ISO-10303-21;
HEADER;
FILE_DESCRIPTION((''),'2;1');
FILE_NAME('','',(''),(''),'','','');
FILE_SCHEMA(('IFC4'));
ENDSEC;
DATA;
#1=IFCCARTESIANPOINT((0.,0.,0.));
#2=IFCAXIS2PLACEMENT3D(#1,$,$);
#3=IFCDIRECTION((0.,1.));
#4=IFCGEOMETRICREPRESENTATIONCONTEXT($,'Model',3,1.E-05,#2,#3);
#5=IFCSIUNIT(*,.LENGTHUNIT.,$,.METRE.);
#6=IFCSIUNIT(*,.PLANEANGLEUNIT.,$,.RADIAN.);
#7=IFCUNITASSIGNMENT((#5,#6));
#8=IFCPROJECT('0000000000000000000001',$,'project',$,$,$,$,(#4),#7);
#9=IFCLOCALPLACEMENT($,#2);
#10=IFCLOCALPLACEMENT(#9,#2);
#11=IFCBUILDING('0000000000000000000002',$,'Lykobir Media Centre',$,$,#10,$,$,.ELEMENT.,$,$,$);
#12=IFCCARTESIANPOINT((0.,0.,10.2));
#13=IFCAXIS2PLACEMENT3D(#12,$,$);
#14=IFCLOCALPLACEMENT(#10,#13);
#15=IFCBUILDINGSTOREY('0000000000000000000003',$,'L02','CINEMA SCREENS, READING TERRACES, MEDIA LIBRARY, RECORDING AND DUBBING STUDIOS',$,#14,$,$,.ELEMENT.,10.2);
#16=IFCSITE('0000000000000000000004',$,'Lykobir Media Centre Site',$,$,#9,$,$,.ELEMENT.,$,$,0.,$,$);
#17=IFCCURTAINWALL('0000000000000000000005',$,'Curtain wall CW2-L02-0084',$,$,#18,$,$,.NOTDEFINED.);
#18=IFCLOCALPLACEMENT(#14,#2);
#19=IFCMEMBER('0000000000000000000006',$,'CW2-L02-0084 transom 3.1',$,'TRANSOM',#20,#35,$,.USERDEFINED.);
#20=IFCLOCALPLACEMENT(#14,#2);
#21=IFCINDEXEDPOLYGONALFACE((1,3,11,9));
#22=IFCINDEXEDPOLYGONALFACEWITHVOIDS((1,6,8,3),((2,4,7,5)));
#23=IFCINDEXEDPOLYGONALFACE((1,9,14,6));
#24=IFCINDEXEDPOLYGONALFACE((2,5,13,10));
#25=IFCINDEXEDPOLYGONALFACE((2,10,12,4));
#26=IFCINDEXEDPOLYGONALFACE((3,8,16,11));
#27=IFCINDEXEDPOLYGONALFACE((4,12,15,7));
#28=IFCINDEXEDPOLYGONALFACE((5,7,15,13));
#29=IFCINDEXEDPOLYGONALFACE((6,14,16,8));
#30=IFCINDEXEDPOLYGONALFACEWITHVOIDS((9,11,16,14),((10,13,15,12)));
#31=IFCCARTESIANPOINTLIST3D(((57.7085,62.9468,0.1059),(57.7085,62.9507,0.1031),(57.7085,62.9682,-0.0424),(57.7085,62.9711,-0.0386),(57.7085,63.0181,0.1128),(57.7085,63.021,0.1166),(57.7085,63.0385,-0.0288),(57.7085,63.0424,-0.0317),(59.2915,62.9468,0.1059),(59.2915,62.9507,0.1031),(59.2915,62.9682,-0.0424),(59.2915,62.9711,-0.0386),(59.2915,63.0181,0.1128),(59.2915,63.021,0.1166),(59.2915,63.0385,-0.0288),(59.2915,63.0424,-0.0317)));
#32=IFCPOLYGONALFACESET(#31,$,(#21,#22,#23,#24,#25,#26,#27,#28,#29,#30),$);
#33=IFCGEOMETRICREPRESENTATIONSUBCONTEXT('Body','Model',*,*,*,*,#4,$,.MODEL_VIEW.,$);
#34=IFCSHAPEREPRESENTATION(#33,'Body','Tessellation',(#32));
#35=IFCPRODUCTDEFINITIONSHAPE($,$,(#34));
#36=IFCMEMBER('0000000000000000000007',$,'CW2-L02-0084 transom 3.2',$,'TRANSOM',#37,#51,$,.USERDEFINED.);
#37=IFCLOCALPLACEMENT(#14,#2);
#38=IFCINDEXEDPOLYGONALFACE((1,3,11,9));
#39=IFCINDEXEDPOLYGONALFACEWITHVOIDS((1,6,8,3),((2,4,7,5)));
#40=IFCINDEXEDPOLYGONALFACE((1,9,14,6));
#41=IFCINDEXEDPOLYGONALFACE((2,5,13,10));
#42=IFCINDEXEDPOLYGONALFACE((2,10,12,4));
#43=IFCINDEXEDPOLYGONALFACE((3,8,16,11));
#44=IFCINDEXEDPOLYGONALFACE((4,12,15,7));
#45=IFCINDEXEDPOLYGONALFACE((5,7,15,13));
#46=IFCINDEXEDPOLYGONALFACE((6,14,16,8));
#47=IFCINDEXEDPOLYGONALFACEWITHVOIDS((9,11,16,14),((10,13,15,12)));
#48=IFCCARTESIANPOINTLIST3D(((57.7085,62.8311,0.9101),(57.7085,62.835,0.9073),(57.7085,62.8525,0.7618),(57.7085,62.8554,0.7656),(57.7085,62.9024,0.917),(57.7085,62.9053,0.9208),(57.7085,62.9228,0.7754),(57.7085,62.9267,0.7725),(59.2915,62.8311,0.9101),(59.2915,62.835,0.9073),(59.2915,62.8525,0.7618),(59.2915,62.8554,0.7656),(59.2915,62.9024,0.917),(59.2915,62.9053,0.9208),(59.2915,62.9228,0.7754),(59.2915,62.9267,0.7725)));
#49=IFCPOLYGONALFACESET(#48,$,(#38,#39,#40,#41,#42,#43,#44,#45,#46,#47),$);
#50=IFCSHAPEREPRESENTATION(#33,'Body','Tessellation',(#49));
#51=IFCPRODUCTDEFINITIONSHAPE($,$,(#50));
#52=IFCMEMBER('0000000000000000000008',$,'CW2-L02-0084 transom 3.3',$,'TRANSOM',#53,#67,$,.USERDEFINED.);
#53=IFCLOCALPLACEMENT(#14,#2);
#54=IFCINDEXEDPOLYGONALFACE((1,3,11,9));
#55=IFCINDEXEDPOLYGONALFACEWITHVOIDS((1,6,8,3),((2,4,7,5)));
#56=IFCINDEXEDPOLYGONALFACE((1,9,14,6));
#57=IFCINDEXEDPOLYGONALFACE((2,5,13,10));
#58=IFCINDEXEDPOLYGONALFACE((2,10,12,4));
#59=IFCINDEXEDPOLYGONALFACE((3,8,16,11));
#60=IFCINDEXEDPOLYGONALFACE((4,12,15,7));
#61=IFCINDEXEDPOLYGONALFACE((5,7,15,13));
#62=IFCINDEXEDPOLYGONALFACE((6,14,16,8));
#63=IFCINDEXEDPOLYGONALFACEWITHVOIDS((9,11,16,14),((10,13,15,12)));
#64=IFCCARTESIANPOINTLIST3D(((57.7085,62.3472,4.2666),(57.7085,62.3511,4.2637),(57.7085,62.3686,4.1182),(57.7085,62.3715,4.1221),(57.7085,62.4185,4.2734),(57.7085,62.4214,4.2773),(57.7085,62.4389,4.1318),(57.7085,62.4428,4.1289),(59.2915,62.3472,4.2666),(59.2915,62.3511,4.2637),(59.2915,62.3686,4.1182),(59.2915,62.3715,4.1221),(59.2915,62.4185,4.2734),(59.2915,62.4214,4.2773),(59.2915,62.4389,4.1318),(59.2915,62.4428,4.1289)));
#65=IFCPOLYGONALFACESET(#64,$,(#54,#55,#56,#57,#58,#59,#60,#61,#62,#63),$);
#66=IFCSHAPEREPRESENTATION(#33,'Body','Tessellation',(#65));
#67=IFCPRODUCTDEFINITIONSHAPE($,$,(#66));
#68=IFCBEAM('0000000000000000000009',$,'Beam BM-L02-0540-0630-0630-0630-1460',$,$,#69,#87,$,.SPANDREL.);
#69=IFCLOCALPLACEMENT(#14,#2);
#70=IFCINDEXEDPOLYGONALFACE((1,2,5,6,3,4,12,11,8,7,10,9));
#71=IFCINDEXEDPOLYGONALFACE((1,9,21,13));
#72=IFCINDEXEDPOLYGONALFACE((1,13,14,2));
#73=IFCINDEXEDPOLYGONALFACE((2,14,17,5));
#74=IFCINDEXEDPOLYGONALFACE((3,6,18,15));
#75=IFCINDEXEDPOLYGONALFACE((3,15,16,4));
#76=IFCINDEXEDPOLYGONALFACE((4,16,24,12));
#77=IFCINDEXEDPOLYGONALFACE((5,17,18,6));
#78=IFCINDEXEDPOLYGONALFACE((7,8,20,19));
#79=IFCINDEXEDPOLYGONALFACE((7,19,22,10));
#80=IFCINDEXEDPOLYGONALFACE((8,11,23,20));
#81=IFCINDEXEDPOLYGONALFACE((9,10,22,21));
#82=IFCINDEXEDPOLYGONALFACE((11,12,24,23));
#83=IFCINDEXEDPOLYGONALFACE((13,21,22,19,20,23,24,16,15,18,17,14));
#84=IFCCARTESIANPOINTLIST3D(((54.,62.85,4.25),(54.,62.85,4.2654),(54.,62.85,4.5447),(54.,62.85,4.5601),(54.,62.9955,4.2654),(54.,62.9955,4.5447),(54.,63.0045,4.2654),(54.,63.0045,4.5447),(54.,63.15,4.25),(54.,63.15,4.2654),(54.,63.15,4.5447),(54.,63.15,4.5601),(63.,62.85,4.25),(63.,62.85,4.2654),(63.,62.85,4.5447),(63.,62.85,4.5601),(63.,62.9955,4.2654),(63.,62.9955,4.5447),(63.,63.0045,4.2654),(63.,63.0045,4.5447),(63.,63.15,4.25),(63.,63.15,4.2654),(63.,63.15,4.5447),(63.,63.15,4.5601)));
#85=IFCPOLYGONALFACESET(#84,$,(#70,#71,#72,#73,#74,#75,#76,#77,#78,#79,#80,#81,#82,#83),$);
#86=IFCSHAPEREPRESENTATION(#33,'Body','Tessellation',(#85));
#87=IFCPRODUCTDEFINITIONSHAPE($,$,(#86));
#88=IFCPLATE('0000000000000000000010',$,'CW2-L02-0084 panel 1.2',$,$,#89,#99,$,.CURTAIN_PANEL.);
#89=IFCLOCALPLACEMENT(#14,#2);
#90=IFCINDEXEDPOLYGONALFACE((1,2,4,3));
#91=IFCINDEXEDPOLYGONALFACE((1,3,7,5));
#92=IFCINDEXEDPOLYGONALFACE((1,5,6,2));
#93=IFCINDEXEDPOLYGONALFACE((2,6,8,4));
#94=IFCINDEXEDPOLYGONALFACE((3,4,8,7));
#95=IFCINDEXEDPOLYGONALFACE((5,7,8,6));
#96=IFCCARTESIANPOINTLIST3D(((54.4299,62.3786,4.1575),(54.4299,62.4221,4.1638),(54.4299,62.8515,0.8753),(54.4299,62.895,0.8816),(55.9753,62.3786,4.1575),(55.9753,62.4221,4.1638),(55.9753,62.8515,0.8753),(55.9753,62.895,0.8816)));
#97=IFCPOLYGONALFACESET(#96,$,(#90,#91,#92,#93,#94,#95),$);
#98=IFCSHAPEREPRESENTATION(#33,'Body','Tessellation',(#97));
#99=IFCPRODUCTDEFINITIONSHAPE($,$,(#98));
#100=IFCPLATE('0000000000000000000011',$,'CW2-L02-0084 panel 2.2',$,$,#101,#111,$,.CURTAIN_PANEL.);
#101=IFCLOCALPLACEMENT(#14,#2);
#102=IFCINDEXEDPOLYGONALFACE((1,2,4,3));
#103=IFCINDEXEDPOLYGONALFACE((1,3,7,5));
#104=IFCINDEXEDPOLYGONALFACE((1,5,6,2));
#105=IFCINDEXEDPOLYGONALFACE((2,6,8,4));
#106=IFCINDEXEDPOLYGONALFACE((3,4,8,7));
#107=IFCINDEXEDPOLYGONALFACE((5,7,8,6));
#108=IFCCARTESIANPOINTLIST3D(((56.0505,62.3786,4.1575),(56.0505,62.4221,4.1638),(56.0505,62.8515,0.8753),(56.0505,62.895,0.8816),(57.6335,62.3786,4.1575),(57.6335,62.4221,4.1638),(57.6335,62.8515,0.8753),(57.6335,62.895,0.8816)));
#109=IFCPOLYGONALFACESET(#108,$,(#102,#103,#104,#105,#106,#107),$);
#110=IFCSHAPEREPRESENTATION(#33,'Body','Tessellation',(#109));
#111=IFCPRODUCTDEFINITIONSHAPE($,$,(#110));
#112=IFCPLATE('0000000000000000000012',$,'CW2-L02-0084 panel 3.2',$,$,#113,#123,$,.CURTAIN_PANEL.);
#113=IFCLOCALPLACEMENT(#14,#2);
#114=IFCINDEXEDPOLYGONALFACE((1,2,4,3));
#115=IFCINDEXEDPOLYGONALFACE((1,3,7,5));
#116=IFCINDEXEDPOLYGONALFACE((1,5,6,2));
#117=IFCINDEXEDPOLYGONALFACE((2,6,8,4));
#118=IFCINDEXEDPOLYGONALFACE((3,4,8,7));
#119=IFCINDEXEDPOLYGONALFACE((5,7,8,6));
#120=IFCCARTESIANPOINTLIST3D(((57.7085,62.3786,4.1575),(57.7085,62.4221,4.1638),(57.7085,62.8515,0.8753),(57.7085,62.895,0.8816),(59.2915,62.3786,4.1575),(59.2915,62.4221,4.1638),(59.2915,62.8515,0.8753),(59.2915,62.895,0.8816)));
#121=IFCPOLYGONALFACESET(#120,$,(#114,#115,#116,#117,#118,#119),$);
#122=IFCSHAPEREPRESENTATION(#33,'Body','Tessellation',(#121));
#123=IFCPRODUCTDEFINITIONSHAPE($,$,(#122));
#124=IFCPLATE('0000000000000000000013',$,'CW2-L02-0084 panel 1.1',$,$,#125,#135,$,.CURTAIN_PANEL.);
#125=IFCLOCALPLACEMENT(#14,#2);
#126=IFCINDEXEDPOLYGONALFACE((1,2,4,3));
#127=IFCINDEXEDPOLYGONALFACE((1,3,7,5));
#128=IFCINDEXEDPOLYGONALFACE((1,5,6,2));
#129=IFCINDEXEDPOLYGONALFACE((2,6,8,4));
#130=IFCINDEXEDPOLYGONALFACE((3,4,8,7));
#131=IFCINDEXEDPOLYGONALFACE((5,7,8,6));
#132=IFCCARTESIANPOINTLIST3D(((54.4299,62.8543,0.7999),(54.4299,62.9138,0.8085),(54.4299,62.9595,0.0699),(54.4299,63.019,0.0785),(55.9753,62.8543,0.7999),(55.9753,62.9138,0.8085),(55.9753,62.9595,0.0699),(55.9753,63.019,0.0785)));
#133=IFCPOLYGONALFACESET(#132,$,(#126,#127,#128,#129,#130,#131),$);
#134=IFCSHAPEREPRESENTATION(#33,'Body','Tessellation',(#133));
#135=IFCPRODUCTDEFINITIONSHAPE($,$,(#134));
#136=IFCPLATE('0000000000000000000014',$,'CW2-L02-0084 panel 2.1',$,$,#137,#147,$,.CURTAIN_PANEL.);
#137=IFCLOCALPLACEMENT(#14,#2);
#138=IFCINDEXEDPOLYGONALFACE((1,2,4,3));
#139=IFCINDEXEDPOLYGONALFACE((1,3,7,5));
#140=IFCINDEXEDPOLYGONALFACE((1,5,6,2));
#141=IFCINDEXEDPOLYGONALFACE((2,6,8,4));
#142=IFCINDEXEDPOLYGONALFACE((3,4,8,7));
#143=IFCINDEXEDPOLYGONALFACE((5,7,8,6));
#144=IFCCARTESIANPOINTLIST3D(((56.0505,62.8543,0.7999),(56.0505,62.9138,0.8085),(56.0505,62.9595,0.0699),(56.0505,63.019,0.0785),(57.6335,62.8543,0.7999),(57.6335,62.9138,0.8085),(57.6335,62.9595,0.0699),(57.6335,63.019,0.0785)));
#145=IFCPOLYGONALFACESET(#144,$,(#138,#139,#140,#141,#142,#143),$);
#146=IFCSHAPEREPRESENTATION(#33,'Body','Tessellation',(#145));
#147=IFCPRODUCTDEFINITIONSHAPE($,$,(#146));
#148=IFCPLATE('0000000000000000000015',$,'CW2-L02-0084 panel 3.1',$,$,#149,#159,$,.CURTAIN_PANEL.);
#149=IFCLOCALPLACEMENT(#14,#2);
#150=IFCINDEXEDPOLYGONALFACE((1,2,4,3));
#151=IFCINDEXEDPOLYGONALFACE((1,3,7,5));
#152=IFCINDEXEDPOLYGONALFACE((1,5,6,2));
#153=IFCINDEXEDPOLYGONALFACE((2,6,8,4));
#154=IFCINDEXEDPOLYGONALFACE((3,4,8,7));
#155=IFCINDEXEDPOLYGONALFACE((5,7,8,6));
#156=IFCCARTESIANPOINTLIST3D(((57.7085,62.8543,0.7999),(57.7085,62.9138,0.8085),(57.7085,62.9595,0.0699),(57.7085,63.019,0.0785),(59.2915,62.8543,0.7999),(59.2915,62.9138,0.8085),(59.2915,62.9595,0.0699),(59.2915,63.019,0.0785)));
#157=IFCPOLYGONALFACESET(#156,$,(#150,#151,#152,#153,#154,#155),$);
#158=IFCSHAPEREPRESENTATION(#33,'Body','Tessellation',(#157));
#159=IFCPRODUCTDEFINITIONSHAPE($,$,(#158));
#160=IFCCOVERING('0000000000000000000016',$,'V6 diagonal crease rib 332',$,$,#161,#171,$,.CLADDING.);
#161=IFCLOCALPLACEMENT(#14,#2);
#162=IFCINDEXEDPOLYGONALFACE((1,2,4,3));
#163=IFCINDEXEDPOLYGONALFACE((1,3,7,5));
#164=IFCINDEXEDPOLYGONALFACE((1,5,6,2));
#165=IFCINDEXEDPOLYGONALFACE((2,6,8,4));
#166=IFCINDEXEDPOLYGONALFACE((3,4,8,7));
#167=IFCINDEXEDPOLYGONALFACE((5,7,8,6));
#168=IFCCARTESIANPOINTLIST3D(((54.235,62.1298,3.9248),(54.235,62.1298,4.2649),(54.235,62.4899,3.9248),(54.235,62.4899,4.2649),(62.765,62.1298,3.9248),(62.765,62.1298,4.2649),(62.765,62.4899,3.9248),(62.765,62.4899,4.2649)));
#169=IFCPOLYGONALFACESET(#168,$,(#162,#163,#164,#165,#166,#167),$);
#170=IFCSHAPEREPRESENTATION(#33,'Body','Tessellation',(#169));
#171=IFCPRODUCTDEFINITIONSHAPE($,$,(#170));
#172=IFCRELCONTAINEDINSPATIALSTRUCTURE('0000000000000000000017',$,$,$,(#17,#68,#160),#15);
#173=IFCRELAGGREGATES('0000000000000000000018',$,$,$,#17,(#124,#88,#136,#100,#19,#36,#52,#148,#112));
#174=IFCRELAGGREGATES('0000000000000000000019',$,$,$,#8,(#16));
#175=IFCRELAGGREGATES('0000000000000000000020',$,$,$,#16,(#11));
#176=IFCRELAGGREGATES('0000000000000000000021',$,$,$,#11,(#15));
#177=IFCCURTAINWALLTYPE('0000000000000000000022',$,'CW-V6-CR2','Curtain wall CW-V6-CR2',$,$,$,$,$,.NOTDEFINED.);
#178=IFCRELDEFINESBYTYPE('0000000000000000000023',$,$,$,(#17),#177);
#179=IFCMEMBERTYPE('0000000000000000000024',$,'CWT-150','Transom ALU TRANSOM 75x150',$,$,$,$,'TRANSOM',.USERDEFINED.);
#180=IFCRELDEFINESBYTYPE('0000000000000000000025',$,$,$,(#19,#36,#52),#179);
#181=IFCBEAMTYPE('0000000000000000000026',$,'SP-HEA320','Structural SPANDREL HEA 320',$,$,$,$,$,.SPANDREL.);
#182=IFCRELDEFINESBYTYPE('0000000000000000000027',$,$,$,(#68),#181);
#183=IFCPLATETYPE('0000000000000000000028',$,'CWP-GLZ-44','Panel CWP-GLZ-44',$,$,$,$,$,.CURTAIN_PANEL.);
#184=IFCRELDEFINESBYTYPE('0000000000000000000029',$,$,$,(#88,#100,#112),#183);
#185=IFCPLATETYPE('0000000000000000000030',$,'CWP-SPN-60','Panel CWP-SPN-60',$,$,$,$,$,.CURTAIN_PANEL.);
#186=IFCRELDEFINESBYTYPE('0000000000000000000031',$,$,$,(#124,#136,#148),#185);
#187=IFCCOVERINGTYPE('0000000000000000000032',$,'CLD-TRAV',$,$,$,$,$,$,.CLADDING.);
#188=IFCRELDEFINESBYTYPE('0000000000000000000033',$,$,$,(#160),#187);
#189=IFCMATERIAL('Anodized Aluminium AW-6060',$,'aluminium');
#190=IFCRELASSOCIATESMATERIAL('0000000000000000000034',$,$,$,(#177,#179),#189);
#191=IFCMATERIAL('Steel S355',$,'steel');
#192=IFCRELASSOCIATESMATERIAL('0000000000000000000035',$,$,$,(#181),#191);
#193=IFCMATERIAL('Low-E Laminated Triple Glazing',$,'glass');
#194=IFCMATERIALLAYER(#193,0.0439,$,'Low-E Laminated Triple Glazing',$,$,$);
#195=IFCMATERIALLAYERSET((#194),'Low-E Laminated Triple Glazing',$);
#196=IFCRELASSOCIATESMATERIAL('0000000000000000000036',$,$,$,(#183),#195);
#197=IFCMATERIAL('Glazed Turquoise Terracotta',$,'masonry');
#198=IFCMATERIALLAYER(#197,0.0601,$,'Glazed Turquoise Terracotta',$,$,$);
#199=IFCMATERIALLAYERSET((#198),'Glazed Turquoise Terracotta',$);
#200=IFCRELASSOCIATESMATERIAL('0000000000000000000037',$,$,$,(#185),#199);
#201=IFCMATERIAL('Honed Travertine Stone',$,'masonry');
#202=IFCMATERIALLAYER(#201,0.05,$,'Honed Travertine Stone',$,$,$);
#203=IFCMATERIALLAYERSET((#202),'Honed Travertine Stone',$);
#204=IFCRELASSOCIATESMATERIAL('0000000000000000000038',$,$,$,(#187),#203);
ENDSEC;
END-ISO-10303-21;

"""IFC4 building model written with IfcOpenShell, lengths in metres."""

from ifc_helpers import new_model, si_unit, direction, frame, origin, origin_2d, place, context, subcontext, project, spatial, rectangle, hollow_rectangle, i_section, extrude, material, layer, layer_set, material_profile, profile_set, type_object, element, aggregate, save


model = new_model("IFC4")

# Units and contexts
model_context = context("Model", 3, precision=1e-05, world=origin(), true_north=direction((0.0, 1.0)))
body_context = subcontext(model_context, "Body", "Model", "MODEL_VIEW")
ifc_project = project(units=[si_unit("LENGTHUNIT", "METRE"), si_unit("PLANEANGLEUNIT", "RADIAN")], contexts=[model_context])

# Site, building, storey
site_placement = place(None, origin())
site = spatial("IfcSite", under=ifc_project, at=site_placement, Name="Lykobir Media Centre Site", CompositionType="ELEMENT", RefElevation=0.0)
building_placement = place(site_placement, origin())
building = spatial("IfcBuilding", under=site, at=building_placement, Name="Lykobir Media Centre", CompositionType="ELEMENT")
storey_placement = place(building_placement, frame((0.0, 0.0, 10.2)))
storey = spatial("IfcBuildingStorey", under=building, at=storey_placement, Name="L02", Description="CINEMA SCREENS, READING TERRACES, MEDIA LIBRARY, RECORDING AND DUBBING STUDIOS", CompositionType="ELEMENT", Elevation=10.2)

# Shared definitions
ifc_material_1 = material(Name="Anodized Aluminium AW-6060", Category="aluminium")
curtain_wall_type = type_object("IfcCurtainWallType", Name="CW-V6-CR2", Description="Curtain wall CW-V6-CR2", PredefinedType="NOTDEFINED", material=ifc_material_1)

# Curtain wall, members
curtain_wall_1_placement = place(storey_placement, origin())
curtain_wall_1 = element("IfcCurtainWall", 1, at=curtain_wall_1_placement, inside=storey, type_object=curtain_wall_type, Name="Curtain wall CW2-L02-0084", PredefinedType="NOTDEFINED")
ifc_material_profile_1 = material_profile(ifc_material_1, hollow_rectangle(XDim=0.075, YDim=0.1499, WallThickness=0.0034, at=origin_2d()), Name="ALU TRANSOM 75x150")
ifc_profile_set_1 = profile_set([ifc_material_profile_1], Name="Anodized Aluminium AW-6060")
member_type_1 = type_object("IfcMemberType", Name="CWT-150", Description="Transom ALU TRANSOM 75x150", ElementType="TRANSOM", PredefinedType="USERDEFINED", material=ifc_profile_set_1)
member_1_placement = place(storey_placement, frame((57.7085, 62.9946, 0.0371), z_axis=(1.0, 0.0, 0.0), x_axis=(0.0, 0.989776, 0.142629)))
member_1 = element("IfcMember", 2, at=member_1_placement, type_object=member_type_1, Name="CW2-L02-0084 transom 3.1", ObjectType="TRANSOM", PredefinedType="USERDEFINED", context=body_context, shape_type="SweptSolid", body=[
    extrude(hollow_rectangle(XDim=0.075, YDim=0.1499, WallThickness=0.0034, at=origin_2d()), origin(), (0.0, 0.0, 1.0), 1.583),
])
member_2_placement = place(storey_placement, frame((57.7085, 62.8789, 0.8413), z_axis=(1.0, 0.0, 0.0), x_axis=(0.0, 0.989776, 0.142629)))
member_2 = element("IfcMember", 3, at=member_2_placement, type_object=member_type_1, Name="CW2-L02-0084 transom 3.2", ObjectType="TRANSOM", PredefinedType="USERDEFINED", context=body_context, shape_type="SweptSolid", body=[
    extrude(hollow_rectangle(XDim=0.075, YDim=0.1499, WallThickness=0.0034, at=origin_2d()), origin(), (0.0, 0.0, 1.0), 1.583),
])
member_3_placement = place(storey_placement, frame((57.7085, 62.395, 4.1978), z_axis=(1.0, 0.0, 0.0), x_axis=(0.0, 0.989776, 0.142629)))
member_3 = element("IfcMember", 4, at=member_3_placement, type_object=member_type_1, Name="CW2-L02-0084 transom 3.3", ObjectType="TRANSOM", PredefinedType="USERDEFINED", context=body_context, shape_type="SweptSolid", body=[
    extrude(hollow_rectangle(XDim=0.075, YDim=0.1499, WallThickness=0.0034, at=origin_2d()), origin(), (0.0, 0.0, 1.0), 1.583),
])

# Beam
ifc_material_2 = material(Name="Steel S355", Category="steel")
ifc_material_profile_2 = material_profile(ifc_material_2, i_section(OverallWidth=0.3, OverallDepth=0.3101, WebThickness=0.009, FlangeThickness=0.0154, at=origin_2d()), Name="HEA 320")
ifc_profile_set_2 = profile_set([ifc_material_profile_2], Name="Steel S355")
beam_type = type_object("IfcBeamType", Name="SP-HEA320", Description="Structural SPANDREL HEA 320", PredefinedType="SPANDREL", material=ifc_profile_set_2)
beam_placement = place(storey_placement, frame((54.0, 63.0, 4.405), z_axis=(1.0, 0.0, 0.0), x_axis=(0.0, 1.0, 0.0)))
element("IfcBeam", 5, at=beam_placement, inside=storey, type_object=beam_type, Name="Beam BM-L02-0540-0630-0630-0630-1460", PredefinedType="SPANDREL", context=body_context, shape_type="SweptSolid", body=[
    extrude(i_section(OverallWidth=0.3, OverallDepth=0.3101, WebThickness=0.009, FlangeThickness=0.0154, at=origin_2d()), origin(), (0.0, 0.0, 1.0), 9.0),
])

# Plates
ifc_material_3 = material(Name="Low-E Laminated Triple Glazing", Category="glass")
ifc_layer_1 = layer(ifc_material_3, 0.0439, Name="Low-E Laminated Triple Glazing")
ifc_layer_set_1 = layer_set([ifc_layer_1], Name="Low-E Laminated Triple Glazing")
plate_type_1 = type_object("IfcPlateType", Name="CWP-GLZ-44", Description="Panel CWP-GLZ-44", PredefinedType="CURTAIN_PANEL", material=ifc_layer_set_1)
plate_1_placement = place(storey_placement, frame((55.2026, 62.8733, 0.8784), z_axis=(0.0, -0.142629, 0.989776), x_axis=(1.0, 0.0, 0.0)))
plate_1 = element("IfcPlate", 6, at=plate_1_placement, type_object=plate_type_1, Name="CW2-L02-0084 panel 1.2", PredefinedType="CURTAIN_PANEL", context=body_context, shape_type="SweptSolid", body=[
    extrude(rectangle(XDim=1.5454, YDim=0.0439, at=origin_2d()), origin(), (0.0, 0.0, 1.0), 3.3162),
])
plate_2_placement = place(storey_placement, frame((56.842, 62.8733, 0.8784), z_axis=(0.0, -0.142629, 0.989776), x_axis=(1.0, 0.0, 0.0)))
plate_2 = element("IfcPlate", 7, at=plate_2_placement, type_object=plate_type_1, Name="CW2-L02-0084 panel 2.2", PredefinedType="CURTAIN_PANEL", context=body_context, shape_type="SweptSolid", body=[
    extrude(rectangle(XDim=1.583, YDim=0.0439, at=origin_2d()), origin(), (0.0, 0.0, 1.0), 3.3162),
])
plate_3_placement = place(storey_placement, frame((58.5, 62.8733, 0.8784), z_axis=(0.0, -0.142629, 0.989776), x_axis=(1.0, 0.0, 0.0)))
plate_3 = element("IfcPlate", 8, at=plate_3_placement, type_object=plate_type_1, Name="CW2-L02-0084 panel 3.2", PredefinedType="CURTAIN_PANEL", context=body_context, shape_type="SweptSolid", body=[
    extrude(rectangle(XDim=1.583, YDim=0.0439, at=origin_2d()), origin(), (0.0, 0.0, 1.0), 3.3162),
])
ifc_material_4 = material(Name="Glazed Turquoise Terracotta", Category="masonry")
ifc_layer_2 = layer(ifc_material_4, 0.0601, Name="Glazed Turquoise Terracotta")
ifc_layer_set_2 = layer_set([ifc_layer_2], Name="Glazed Turquoise Terracotta")
plate_type_2 = type_object("IfcPlateType", Name="CWP-SPN-60", Description="Panel CWP-SPN-60", PredefinedType="CURTAIN_PANEL", material=ifc_layer_set_2)
plate_4_placement = place(storey_placement, frame((55.2026, 62.9893, 0.0742), z_axis=(0.0, -0.142629, 0.989776), x_axis=(1.0, 0.0, 0.0)))
plate_4 = element("IfcPlate", 9, at=plate_4_placement, type_object=plate_type_2, Name="CW2-L02-0084 panel 1.1", PredefinedType="CURTAIN_PANEL", context=body_context, shape_type="SweptSolid", body=[
    extrude(rectangle(XDim=1.5454, YDim=0.0601, at=origin_2d()), origin(), (0.0, 0.0, 1.0), 0.7375),
])
plate_5_placement = place(storey_placement, frame((56.842, 62.9893, 0.0742), z_axis=(0.0, -0.142629, 0.989776), x_axis=(1.0, 0.0, 0.0)))
plate_5 = element("IfcPlate", 10, at=plate_5_placement, type_object=plate_type_2, Name="CW2-L02-0084 panel 2.1", PredefinedType="CURTAIN_PANEL", context=body_context, shape_type="SweptSolid", body=[
    extrude(rectangle(XDim=1.583, YDim=0.0601, at=origin_2d()), origin(), (0.0, 0.0, 1.0), 0.7375),
])
plate_6_placement = place(storey_placement, frame((58.5, 62.9893, 0.0742), z_axis=(0.0, -0.142629, 0.989776), x_axis=(1.0, 0.0, 0.0)))
plate_6 = element("IfcPlate", 11, at=plate_6_placement, type_object=plate_type_2, Name="CW2-L02-0084 panel 3.1", PredefinedType="CURTAIN_PANEL", context=body_context, shape_type="SweptSolid", body=[
    extrude(rectangle(XDim=1.583, YDim=0.0601, at=origin_2d()), origin(), (0.0, 0.0, 1.0), 0.7375),
])
aggregate(curtain_wall_1, [plate_4, plate_1, plate_5, plate_2, member_1, member_2, member_3, plate_6, plate_3])

# Covering
ifc_material_5 = material(Name="Honed Travertine Stone", Category="masonry")
ifc_layer_3 = layer(ifc_material_5, 0.05, Name="Honed Travertine Stone")
ifc_layer_set_3 = layer_set([ifc_layer_3], Name="Honed Travertine Stone")
covering_type = type_object("IfcCoveringType", Name="CLD-TRAV", PredefinedType="CLADDING", material=ifc_layer_set_3)
covering_placement = place(storey_placement, frame((58.5, 62.3098, 3.9248), z_axis=(0.0, 0.0, 1.0), x_axis=(1.0, 0.0, 0.0)))
element("IfcCovering", 12, at=covering_placement, inside=storey, type_object=covering_type, Name="V6 diagonal crease rib 332", PredefinedType="CLADDING", context=body_context, shape_type="SweptSolid", body=[
    extrude(rectangle(XDim=8.53, YDim=0.3601, at=origin_2d()), origin(), (0.0, 0.0, 1.0), 0.3401),
])

save(model, "model.ifc")
